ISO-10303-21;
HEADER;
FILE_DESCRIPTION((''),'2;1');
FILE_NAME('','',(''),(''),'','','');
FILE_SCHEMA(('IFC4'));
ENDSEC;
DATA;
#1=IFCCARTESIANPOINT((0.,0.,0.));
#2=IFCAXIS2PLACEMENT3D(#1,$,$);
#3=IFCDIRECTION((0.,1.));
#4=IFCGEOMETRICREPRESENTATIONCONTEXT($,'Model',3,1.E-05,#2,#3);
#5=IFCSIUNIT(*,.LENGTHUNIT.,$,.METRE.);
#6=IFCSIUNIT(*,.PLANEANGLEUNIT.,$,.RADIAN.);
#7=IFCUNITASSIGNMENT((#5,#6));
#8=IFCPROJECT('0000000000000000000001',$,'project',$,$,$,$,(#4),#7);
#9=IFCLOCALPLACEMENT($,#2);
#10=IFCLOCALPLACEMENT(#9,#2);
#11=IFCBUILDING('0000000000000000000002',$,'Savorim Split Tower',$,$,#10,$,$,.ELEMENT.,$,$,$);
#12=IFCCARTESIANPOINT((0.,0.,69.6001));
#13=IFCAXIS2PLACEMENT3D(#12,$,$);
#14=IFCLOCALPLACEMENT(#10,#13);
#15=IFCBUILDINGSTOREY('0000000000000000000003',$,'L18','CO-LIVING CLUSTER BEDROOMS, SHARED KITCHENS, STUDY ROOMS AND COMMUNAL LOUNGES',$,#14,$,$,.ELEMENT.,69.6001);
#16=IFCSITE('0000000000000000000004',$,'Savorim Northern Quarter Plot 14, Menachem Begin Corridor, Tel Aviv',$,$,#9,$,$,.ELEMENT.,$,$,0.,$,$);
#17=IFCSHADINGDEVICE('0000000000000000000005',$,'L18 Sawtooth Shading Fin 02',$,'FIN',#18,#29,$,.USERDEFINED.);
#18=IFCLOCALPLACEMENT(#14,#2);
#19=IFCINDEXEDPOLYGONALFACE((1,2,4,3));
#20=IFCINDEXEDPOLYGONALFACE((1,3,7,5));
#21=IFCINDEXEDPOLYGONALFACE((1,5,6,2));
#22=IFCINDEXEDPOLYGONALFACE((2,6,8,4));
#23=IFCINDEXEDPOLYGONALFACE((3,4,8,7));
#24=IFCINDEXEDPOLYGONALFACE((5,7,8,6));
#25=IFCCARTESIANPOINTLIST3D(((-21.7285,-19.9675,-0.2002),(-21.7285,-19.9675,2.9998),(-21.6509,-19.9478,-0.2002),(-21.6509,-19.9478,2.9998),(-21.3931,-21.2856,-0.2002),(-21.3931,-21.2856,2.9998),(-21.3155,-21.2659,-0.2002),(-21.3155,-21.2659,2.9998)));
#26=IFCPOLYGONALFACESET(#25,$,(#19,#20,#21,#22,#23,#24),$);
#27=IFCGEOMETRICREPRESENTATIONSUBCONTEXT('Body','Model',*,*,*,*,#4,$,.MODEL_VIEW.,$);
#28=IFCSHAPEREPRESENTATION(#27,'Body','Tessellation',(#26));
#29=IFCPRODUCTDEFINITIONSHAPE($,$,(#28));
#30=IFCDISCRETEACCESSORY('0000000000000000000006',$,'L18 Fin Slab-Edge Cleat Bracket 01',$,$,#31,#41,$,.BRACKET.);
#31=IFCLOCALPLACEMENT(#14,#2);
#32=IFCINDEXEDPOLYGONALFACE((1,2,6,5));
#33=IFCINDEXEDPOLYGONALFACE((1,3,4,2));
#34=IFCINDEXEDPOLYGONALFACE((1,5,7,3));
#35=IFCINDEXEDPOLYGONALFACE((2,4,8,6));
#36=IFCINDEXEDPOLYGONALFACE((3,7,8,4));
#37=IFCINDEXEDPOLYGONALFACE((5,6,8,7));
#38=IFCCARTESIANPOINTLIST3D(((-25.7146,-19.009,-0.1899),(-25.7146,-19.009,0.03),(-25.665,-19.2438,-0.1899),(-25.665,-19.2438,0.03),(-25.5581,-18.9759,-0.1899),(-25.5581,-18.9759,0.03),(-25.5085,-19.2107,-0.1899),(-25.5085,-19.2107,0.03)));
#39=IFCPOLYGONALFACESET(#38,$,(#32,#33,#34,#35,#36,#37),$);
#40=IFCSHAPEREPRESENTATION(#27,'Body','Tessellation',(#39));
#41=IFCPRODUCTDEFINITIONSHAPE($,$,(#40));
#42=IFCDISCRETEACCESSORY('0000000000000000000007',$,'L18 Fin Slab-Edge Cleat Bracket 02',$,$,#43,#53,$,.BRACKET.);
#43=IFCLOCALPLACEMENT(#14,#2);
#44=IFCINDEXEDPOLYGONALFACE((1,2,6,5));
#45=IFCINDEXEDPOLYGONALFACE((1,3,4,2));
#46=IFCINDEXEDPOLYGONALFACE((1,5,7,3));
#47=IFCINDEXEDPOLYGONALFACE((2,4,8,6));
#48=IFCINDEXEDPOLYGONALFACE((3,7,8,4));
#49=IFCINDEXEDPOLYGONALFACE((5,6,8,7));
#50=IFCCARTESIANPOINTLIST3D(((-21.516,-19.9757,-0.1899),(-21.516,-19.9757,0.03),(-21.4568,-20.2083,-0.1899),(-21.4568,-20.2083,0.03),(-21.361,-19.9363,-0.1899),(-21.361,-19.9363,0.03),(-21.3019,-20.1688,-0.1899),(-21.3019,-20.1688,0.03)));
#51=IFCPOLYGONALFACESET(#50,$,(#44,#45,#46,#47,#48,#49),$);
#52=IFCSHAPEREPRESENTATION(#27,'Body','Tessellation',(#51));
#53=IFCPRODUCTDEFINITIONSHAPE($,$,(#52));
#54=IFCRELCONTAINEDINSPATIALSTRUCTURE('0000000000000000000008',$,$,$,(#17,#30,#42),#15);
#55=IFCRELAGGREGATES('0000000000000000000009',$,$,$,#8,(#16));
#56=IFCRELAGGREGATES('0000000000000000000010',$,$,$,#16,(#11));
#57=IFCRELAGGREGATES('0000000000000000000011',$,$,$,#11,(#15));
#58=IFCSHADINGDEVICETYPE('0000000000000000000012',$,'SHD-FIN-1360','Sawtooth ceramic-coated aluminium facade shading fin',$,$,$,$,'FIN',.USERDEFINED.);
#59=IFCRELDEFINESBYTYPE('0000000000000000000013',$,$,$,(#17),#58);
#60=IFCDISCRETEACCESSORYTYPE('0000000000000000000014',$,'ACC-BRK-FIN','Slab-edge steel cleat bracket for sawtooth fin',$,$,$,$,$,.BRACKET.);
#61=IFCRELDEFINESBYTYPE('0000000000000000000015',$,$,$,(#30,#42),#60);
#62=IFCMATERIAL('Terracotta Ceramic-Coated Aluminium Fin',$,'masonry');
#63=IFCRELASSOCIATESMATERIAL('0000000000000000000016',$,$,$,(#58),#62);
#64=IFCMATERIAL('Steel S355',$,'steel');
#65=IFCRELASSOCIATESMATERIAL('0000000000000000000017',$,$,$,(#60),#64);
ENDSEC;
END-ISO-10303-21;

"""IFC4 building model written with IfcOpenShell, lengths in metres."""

from ifc_helpers import new_model, si_unit, direction, frame, origin, origin_2d, place, context, subcontext, project, spatial, rectangle, extrude, material, type_object, element, save


model = new_model("IFC4")

# Units and contexts
model_context = context("Model", 3, precision=1e-05, world=origin(), true_north=direction((0.0, 1.0)))
body_context = subcontext(model_context, "Body", "Model", "MODEL_VIEW")
ifc_project = project(units=[si_unit("LENGTHUNIT", "METRE"), si_unit("PLANEANGLEUNIT", "RADIAN")], contexts=[model_context])

# Site, building, storey
site_placement = place(None, origin())
site = spatial("IfcSite", under=ifc_project, at=site_placement, Name="Savorim Northern Quarter Plot 14, Menachem Begin Corridor, Tel Aviv", CompositionType="ELEMENT", RefElevation=0.0)
building_placement = place(site_placement, origin())
building = spatial("IfcBuilding", under=site, at=building_placement, Name="Savorim Split Tower", CompositionType="ELEMENT")
storey_placement = place(building_placement, frame((0.0, 0.0, 69.6001)))
storey = spatial("IfcBuildingStorey", under=building, at=storey_placement, Name="L18", Description="CO-LIVING CLUSTER BEDROOMS, SHARED KITCHENS, STUDY ROOMS AND COMMUNAL LOUNGES", CompositionType="ELEMENT", Elevation=69.6001)

# Shared definitions
ifc_material_1 = material(Name="Steel S355", Category="steel")

# Shading device
ifc_material_2 = material(Name="Terracotta Ceramic-Coated Aluminium Fin", Category="masonry")
shading_device_type = type_object("IfcShadingDeviceType", Name="SHD-FIN-1360", Description="Sawtooth ceramic-coated aluminium facade shading fin", ElementType="FIN", PredefinedType="USERDEFINED", material=ifc_material_2)
for number, where, z_axis, x_axis, name in (
    (1, (-21.522, -20.6167, -0.2002), (0.0, 0.0, 1.0), (0.246581, -0.969122, 0.0), "L18 Sawtooth Shading Fin 02"),
):
    element("IfcShadingDevice", number, at=place(storey_placement, frame(where, z_axis=z_axis, x_axis=x_axis)), inside=storey, type_object=shading_device_type, Name=name, ObjectType="FIN", PredefinedType="USERDEFINED", context=body_context, shape_type="SweptSolid", body=[
        extrude(rectangle(XDim=1.3601, YDim=0.0801, at=origin_2d()), origin(), (0.0, 0.0, 1.0), 3.2),
    ])

# Discrete accessories
discrete_accessory_type = type_object("IfcDiscreteAccessoryType", Name="ACC-BRK-FIN", Description="Slab-edge steel cleat bracket for sawtooth fin", PredefinedType="BRACKET", material=ifc_material_1)
for number, where, z_axis, x_axis, name in (
    (2, (-25.6116, -19.1099, -0.1899), (0.0, 0.0, 1.0), (0.206722, -0.9784, 0.0), "L18 Fin Slab-Edge Cleat Bracket 01"),
    (3, (-21.4089, -20.0723, -0.1899), (0.0, 0.0, 1.0), (0.246581, -0.969122, 0.0), "L18 Fin Slab-Edge Cleat Bracket 02"),
):
    element("IfcDiscreteAccessory", number, at=place(storey_placement, frame(where, z_axis=z_axis, x_axis=x_axis)), inside=storey, type_object=discrete_accessory_type, Name=name, PredefinedType="BRACKET", context=body_context, shape_type="SweptSolid", body=[
        extrude(rectangle(XDim=0.24, YDim=0.1599, at=origin_2d()), origin(), (0.0, 0.0, 1.0), 0.22),
    ])

save(model, "model.ifc")
